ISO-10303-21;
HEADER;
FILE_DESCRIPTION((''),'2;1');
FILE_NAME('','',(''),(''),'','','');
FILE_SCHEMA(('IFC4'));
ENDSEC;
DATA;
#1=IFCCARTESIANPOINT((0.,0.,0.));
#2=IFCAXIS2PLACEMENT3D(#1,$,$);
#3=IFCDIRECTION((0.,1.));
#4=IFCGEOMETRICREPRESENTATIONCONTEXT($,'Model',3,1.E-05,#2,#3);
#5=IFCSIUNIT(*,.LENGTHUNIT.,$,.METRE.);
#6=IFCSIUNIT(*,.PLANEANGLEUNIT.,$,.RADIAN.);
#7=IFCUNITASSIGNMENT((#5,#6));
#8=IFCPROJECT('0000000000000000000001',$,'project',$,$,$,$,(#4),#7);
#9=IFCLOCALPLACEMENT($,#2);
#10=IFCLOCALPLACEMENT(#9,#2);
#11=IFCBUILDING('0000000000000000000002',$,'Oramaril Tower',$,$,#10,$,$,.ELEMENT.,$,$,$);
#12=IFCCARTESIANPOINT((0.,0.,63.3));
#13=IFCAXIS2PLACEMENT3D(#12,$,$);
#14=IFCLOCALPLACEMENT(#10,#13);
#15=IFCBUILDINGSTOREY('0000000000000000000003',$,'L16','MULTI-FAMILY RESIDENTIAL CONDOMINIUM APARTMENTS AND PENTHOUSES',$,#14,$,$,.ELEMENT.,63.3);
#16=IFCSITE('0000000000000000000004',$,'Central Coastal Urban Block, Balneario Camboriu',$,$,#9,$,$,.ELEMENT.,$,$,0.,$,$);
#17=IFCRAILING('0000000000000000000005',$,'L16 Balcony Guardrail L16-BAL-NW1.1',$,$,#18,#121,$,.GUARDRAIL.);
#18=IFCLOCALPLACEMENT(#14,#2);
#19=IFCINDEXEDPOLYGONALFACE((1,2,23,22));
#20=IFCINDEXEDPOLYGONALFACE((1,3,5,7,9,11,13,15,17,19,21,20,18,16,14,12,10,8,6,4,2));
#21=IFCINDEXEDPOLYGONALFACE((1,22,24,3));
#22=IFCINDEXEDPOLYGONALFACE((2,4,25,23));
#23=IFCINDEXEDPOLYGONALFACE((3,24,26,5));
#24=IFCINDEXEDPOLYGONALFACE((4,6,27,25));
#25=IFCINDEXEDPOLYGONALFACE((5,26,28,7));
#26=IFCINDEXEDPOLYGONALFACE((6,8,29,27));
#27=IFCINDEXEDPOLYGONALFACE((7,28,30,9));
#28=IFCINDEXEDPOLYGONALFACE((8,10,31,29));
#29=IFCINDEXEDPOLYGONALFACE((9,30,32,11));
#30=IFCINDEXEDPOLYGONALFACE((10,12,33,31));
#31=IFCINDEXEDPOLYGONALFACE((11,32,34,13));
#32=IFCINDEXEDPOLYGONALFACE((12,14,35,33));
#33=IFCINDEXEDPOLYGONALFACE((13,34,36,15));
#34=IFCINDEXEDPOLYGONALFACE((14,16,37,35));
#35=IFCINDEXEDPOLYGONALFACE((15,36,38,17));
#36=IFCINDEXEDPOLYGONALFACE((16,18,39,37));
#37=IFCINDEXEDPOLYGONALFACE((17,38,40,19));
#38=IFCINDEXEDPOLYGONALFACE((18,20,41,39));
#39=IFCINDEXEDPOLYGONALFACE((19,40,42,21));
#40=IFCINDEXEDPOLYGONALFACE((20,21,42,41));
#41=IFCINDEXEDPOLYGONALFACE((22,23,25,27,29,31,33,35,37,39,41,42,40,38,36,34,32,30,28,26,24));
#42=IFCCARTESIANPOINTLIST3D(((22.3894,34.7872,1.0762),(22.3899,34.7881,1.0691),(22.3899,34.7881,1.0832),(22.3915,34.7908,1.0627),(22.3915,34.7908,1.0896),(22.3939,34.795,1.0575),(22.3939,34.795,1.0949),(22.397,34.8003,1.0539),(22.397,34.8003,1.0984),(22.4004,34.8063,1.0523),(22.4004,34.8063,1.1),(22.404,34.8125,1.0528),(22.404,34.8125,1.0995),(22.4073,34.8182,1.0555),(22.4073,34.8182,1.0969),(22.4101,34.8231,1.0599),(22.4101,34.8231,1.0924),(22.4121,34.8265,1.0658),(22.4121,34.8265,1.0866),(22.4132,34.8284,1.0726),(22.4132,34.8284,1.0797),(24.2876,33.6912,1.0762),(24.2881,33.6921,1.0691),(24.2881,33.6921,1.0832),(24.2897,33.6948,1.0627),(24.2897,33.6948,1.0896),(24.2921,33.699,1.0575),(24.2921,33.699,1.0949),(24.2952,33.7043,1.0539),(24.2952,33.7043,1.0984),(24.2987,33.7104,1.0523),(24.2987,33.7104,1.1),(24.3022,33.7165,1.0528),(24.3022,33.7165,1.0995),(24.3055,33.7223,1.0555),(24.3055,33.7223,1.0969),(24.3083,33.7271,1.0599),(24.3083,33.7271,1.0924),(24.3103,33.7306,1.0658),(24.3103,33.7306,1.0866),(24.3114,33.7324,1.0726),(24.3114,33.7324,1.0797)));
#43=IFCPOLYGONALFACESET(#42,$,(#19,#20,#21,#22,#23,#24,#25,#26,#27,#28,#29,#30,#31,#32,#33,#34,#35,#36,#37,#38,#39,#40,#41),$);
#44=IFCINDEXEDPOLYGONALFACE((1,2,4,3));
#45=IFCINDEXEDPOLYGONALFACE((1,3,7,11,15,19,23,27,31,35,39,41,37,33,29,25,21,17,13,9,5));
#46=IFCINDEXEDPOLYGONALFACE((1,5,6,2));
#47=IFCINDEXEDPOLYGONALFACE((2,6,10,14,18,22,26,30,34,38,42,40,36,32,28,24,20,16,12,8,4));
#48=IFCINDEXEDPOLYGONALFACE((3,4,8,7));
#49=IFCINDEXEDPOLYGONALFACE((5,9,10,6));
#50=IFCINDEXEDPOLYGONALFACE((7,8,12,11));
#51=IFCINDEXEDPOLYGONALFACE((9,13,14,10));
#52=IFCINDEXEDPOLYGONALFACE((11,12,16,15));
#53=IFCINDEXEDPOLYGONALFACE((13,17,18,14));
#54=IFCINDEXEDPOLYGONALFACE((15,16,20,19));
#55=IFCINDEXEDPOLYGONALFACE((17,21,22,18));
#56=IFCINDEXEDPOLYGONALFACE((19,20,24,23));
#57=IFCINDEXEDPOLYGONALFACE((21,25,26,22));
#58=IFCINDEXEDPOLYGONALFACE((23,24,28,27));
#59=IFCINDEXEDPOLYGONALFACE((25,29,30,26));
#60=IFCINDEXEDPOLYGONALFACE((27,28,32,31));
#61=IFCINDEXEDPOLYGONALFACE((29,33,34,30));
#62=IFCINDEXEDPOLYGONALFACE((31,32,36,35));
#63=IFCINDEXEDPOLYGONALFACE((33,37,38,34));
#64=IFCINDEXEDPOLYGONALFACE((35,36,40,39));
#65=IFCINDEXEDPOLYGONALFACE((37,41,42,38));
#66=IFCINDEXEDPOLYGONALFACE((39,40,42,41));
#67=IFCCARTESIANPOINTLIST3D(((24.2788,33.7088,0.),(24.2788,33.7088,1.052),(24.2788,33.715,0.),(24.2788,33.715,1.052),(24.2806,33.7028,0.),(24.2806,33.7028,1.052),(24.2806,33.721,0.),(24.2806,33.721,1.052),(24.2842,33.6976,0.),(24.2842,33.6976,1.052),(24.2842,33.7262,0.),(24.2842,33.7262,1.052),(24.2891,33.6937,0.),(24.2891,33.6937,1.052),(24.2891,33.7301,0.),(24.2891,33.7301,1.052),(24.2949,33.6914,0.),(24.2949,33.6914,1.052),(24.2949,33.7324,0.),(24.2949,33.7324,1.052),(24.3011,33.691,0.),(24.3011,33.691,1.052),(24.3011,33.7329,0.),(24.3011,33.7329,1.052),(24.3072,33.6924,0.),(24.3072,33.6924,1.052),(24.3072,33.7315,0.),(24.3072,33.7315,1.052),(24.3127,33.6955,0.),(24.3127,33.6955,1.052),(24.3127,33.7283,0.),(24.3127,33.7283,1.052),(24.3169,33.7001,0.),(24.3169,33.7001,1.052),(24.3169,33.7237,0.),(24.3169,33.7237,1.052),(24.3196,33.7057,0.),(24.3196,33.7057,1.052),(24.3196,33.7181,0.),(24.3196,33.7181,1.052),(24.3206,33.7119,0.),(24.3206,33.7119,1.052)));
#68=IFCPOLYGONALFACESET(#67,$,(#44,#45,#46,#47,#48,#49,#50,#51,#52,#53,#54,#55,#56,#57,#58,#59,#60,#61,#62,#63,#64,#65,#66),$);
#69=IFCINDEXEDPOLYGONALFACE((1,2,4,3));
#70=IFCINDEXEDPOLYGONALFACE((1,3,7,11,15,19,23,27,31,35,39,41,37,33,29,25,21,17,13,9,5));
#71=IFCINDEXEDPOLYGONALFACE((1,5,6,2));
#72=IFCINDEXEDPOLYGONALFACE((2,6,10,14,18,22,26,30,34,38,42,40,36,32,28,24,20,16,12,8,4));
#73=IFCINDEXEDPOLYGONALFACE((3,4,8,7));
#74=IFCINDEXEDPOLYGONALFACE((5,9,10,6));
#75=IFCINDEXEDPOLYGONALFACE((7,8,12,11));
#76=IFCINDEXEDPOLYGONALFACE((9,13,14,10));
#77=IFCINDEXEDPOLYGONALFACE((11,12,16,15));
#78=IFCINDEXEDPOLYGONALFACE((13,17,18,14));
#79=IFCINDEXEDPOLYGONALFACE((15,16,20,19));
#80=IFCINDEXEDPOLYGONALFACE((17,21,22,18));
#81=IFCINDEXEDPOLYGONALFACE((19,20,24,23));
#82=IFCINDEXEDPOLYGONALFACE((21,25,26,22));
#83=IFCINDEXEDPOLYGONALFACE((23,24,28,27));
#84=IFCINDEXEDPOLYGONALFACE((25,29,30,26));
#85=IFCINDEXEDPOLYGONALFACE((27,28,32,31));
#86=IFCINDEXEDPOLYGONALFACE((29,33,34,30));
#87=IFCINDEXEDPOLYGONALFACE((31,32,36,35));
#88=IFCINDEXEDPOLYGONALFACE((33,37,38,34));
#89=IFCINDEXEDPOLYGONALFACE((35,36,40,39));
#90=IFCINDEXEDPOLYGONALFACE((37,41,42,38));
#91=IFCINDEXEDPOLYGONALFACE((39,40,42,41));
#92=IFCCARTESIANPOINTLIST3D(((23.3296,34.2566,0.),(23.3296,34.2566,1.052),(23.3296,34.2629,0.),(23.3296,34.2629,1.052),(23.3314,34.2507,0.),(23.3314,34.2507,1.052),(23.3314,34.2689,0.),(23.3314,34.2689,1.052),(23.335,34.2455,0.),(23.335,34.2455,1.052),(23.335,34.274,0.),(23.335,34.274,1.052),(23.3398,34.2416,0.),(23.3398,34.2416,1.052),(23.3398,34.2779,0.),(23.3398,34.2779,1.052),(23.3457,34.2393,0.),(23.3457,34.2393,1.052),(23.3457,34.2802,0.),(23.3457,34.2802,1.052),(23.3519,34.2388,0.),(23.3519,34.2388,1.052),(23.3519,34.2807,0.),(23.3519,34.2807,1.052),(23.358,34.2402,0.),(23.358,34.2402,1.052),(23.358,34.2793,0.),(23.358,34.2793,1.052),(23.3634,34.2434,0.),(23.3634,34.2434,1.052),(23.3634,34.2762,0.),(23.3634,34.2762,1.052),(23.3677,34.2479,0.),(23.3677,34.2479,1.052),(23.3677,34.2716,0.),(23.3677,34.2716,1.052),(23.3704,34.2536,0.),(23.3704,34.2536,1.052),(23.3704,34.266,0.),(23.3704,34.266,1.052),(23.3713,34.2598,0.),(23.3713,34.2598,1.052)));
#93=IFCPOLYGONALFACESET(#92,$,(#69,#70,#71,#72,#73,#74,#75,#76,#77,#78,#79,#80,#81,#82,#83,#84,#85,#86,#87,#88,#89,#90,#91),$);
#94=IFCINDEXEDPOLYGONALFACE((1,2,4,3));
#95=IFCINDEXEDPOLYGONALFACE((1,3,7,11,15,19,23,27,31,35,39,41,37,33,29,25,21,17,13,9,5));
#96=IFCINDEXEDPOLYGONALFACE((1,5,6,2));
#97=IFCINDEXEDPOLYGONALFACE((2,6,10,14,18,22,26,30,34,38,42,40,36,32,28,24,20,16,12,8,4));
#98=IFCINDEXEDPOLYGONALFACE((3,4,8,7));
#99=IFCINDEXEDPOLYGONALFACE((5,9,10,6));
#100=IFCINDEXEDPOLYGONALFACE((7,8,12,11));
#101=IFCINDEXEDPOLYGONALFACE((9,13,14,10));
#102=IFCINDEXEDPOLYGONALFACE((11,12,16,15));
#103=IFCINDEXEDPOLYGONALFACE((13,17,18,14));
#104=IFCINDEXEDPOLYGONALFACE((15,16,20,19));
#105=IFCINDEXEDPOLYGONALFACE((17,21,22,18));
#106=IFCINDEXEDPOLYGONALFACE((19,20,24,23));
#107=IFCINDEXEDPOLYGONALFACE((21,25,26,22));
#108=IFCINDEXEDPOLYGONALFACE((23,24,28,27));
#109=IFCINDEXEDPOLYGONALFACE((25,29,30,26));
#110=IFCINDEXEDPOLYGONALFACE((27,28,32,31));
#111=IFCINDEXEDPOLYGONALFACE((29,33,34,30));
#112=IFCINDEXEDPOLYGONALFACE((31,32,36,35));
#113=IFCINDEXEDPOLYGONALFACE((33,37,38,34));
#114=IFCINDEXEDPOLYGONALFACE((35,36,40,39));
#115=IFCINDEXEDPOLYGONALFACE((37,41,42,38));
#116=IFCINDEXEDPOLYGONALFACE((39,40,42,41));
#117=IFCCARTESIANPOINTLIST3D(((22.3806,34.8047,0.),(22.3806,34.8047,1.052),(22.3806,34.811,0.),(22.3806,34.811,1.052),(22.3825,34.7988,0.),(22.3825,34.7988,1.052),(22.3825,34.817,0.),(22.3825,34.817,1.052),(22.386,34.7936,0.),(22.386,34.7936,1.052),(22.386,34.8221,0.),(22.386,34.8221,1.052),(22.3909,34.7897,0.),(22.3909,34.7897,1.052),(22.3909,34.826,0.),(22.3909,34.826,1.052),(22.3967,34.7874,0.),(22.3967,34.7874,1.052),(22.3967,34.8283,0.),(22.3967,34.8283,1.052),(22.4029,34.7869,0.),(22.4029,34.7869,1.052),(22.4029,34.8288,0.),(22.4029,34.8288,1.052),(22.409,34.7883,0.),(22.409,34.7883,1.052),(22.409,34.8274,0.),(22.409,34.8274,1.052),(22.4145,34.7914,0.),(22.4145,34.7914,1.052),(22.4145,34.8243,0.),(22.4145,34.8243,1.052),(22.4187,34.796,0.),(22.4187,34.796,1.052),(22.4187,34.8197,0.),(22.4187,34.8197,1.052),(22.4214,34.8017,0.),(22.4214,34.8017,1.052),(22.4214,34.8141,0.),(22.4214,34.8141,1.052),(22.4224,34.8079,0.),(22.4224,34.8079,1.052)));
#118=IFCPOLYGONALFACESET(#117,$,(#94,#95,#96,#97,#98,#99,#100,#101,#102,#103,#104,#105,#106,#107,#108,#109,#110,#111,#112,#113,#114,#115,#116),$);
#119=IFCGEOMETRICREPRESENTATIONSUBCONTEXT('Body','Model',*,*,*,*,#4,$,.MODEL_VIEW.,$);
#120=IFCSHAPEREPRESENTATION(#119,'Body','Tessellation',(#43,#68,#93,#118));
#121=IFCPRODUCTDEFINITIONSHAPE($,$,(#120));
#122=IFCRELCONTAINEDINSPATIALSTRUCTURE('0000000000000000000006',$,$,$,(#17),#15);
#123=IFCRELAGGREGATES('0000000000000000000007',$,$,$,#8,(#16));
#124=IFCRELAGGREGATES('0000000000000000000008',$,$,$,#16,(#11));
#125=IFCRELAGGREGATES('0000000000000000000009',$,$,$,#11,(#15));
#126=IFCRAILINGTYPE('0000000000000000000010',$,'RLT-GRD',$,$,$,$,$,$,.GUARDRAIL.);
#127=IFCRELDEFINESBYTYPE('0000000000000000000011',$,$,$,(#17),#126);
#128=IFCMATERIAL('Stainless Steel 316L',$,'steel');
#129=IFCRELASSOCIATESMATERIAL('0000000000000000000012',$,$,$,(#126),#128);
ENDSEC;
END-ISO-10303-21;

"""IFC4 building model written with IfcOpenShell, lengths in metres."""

from ifc_helpers import new_model, si_unit, direction, frame, origin, origin_2d, place, context, subcontext, project, spatial, circle, extrude, material, type_object, element, save


model = new_model("IFC4")

# Units and contexts
model_context = context("Model", 3, precision=1e-05, world=origin(), true_north=direction((0.0, 1.0)))
body_context = subcontext(model_context, "Body", "Model", "MODEL_VIEW")
ifc_project = project(units=[si_unit("LENGTHUNIT", "METRE"), si_unit("PLANEANGLEUNIT", "RADIAN")], contexts=[model_context])

# Site, building, storey
site_placement = place(None, origin())
site = spatial("IfcSite", under=ifc_project, at=site_placement, Name="Central Coastal Urban Block, Balneario Camboriu", CompositionType="ELEMENT", RefElevation=0.0)
building_placement = place(site_placement, origin())
building = spatial("IfcBuilding", under=site, at=building_placement, Name="Oramaril Tower", CompositionType="ELEMENT")
storey_placement = place(building_placement, frame((0.0, 0.0, 63.3)))
storey = spatial("IfcBuildingStorey", under=building, at=storey_placement, Name="L16", Description="MULTI-FAMILY RESIDENTIAL CONDOMINIUM APARTMENTS AND PENTHOUSES", CompositionType="ELEMENT", Elevation=63.3)

# Railing
ifc_material_1 = material(Name="Stainless Steel 316L", Category="steel")
railing_type = type_object("IfcRailingType", Name="RLT-GRD", PredefinedType="GUARDRAIL", material=ifc_material_1)
railing_1_placement = place(storey_placement, frame((24.2996, 33.7119, 0.0)))
element("IfcRailing", 1, at=railing_1_placement, inside=storey, type_object=railing_type, Name="L16 Balcony Guardrail L16-BAL-NW1.1", PredefinedType="GUARDRAIL", context=body_context, shape_type="SweptSolid", body=[
    extrude(circle(Radius=0.0239, at=origin_2d()), frame((0.0, 0.0, 1.0762), z_axis=(-0.866021, 0.500008, 0.0), x_axis=(-0.500008, -0.866021, 0.0)), (0.0, 0.0, 1.0), 2.1919),
    extrude(circle(Radius=0.021, at=origin_2d()), origin(), (0.0, 0.0, 1.0), 1.052),
    extrude(circle(Radius=0.021, at=origin_2d()), frame((-0.9492, 0.5479, 0.0)), (0.0, 0.0, 1.0), 1.052),
    extrude(circle(Radius=0.021, at=origin_2d()), frame((-1.8982, 1.0959, 0.0)), (0.0, 0.0, 1.0), 1.052),
])

save(model, "model.ifc")
